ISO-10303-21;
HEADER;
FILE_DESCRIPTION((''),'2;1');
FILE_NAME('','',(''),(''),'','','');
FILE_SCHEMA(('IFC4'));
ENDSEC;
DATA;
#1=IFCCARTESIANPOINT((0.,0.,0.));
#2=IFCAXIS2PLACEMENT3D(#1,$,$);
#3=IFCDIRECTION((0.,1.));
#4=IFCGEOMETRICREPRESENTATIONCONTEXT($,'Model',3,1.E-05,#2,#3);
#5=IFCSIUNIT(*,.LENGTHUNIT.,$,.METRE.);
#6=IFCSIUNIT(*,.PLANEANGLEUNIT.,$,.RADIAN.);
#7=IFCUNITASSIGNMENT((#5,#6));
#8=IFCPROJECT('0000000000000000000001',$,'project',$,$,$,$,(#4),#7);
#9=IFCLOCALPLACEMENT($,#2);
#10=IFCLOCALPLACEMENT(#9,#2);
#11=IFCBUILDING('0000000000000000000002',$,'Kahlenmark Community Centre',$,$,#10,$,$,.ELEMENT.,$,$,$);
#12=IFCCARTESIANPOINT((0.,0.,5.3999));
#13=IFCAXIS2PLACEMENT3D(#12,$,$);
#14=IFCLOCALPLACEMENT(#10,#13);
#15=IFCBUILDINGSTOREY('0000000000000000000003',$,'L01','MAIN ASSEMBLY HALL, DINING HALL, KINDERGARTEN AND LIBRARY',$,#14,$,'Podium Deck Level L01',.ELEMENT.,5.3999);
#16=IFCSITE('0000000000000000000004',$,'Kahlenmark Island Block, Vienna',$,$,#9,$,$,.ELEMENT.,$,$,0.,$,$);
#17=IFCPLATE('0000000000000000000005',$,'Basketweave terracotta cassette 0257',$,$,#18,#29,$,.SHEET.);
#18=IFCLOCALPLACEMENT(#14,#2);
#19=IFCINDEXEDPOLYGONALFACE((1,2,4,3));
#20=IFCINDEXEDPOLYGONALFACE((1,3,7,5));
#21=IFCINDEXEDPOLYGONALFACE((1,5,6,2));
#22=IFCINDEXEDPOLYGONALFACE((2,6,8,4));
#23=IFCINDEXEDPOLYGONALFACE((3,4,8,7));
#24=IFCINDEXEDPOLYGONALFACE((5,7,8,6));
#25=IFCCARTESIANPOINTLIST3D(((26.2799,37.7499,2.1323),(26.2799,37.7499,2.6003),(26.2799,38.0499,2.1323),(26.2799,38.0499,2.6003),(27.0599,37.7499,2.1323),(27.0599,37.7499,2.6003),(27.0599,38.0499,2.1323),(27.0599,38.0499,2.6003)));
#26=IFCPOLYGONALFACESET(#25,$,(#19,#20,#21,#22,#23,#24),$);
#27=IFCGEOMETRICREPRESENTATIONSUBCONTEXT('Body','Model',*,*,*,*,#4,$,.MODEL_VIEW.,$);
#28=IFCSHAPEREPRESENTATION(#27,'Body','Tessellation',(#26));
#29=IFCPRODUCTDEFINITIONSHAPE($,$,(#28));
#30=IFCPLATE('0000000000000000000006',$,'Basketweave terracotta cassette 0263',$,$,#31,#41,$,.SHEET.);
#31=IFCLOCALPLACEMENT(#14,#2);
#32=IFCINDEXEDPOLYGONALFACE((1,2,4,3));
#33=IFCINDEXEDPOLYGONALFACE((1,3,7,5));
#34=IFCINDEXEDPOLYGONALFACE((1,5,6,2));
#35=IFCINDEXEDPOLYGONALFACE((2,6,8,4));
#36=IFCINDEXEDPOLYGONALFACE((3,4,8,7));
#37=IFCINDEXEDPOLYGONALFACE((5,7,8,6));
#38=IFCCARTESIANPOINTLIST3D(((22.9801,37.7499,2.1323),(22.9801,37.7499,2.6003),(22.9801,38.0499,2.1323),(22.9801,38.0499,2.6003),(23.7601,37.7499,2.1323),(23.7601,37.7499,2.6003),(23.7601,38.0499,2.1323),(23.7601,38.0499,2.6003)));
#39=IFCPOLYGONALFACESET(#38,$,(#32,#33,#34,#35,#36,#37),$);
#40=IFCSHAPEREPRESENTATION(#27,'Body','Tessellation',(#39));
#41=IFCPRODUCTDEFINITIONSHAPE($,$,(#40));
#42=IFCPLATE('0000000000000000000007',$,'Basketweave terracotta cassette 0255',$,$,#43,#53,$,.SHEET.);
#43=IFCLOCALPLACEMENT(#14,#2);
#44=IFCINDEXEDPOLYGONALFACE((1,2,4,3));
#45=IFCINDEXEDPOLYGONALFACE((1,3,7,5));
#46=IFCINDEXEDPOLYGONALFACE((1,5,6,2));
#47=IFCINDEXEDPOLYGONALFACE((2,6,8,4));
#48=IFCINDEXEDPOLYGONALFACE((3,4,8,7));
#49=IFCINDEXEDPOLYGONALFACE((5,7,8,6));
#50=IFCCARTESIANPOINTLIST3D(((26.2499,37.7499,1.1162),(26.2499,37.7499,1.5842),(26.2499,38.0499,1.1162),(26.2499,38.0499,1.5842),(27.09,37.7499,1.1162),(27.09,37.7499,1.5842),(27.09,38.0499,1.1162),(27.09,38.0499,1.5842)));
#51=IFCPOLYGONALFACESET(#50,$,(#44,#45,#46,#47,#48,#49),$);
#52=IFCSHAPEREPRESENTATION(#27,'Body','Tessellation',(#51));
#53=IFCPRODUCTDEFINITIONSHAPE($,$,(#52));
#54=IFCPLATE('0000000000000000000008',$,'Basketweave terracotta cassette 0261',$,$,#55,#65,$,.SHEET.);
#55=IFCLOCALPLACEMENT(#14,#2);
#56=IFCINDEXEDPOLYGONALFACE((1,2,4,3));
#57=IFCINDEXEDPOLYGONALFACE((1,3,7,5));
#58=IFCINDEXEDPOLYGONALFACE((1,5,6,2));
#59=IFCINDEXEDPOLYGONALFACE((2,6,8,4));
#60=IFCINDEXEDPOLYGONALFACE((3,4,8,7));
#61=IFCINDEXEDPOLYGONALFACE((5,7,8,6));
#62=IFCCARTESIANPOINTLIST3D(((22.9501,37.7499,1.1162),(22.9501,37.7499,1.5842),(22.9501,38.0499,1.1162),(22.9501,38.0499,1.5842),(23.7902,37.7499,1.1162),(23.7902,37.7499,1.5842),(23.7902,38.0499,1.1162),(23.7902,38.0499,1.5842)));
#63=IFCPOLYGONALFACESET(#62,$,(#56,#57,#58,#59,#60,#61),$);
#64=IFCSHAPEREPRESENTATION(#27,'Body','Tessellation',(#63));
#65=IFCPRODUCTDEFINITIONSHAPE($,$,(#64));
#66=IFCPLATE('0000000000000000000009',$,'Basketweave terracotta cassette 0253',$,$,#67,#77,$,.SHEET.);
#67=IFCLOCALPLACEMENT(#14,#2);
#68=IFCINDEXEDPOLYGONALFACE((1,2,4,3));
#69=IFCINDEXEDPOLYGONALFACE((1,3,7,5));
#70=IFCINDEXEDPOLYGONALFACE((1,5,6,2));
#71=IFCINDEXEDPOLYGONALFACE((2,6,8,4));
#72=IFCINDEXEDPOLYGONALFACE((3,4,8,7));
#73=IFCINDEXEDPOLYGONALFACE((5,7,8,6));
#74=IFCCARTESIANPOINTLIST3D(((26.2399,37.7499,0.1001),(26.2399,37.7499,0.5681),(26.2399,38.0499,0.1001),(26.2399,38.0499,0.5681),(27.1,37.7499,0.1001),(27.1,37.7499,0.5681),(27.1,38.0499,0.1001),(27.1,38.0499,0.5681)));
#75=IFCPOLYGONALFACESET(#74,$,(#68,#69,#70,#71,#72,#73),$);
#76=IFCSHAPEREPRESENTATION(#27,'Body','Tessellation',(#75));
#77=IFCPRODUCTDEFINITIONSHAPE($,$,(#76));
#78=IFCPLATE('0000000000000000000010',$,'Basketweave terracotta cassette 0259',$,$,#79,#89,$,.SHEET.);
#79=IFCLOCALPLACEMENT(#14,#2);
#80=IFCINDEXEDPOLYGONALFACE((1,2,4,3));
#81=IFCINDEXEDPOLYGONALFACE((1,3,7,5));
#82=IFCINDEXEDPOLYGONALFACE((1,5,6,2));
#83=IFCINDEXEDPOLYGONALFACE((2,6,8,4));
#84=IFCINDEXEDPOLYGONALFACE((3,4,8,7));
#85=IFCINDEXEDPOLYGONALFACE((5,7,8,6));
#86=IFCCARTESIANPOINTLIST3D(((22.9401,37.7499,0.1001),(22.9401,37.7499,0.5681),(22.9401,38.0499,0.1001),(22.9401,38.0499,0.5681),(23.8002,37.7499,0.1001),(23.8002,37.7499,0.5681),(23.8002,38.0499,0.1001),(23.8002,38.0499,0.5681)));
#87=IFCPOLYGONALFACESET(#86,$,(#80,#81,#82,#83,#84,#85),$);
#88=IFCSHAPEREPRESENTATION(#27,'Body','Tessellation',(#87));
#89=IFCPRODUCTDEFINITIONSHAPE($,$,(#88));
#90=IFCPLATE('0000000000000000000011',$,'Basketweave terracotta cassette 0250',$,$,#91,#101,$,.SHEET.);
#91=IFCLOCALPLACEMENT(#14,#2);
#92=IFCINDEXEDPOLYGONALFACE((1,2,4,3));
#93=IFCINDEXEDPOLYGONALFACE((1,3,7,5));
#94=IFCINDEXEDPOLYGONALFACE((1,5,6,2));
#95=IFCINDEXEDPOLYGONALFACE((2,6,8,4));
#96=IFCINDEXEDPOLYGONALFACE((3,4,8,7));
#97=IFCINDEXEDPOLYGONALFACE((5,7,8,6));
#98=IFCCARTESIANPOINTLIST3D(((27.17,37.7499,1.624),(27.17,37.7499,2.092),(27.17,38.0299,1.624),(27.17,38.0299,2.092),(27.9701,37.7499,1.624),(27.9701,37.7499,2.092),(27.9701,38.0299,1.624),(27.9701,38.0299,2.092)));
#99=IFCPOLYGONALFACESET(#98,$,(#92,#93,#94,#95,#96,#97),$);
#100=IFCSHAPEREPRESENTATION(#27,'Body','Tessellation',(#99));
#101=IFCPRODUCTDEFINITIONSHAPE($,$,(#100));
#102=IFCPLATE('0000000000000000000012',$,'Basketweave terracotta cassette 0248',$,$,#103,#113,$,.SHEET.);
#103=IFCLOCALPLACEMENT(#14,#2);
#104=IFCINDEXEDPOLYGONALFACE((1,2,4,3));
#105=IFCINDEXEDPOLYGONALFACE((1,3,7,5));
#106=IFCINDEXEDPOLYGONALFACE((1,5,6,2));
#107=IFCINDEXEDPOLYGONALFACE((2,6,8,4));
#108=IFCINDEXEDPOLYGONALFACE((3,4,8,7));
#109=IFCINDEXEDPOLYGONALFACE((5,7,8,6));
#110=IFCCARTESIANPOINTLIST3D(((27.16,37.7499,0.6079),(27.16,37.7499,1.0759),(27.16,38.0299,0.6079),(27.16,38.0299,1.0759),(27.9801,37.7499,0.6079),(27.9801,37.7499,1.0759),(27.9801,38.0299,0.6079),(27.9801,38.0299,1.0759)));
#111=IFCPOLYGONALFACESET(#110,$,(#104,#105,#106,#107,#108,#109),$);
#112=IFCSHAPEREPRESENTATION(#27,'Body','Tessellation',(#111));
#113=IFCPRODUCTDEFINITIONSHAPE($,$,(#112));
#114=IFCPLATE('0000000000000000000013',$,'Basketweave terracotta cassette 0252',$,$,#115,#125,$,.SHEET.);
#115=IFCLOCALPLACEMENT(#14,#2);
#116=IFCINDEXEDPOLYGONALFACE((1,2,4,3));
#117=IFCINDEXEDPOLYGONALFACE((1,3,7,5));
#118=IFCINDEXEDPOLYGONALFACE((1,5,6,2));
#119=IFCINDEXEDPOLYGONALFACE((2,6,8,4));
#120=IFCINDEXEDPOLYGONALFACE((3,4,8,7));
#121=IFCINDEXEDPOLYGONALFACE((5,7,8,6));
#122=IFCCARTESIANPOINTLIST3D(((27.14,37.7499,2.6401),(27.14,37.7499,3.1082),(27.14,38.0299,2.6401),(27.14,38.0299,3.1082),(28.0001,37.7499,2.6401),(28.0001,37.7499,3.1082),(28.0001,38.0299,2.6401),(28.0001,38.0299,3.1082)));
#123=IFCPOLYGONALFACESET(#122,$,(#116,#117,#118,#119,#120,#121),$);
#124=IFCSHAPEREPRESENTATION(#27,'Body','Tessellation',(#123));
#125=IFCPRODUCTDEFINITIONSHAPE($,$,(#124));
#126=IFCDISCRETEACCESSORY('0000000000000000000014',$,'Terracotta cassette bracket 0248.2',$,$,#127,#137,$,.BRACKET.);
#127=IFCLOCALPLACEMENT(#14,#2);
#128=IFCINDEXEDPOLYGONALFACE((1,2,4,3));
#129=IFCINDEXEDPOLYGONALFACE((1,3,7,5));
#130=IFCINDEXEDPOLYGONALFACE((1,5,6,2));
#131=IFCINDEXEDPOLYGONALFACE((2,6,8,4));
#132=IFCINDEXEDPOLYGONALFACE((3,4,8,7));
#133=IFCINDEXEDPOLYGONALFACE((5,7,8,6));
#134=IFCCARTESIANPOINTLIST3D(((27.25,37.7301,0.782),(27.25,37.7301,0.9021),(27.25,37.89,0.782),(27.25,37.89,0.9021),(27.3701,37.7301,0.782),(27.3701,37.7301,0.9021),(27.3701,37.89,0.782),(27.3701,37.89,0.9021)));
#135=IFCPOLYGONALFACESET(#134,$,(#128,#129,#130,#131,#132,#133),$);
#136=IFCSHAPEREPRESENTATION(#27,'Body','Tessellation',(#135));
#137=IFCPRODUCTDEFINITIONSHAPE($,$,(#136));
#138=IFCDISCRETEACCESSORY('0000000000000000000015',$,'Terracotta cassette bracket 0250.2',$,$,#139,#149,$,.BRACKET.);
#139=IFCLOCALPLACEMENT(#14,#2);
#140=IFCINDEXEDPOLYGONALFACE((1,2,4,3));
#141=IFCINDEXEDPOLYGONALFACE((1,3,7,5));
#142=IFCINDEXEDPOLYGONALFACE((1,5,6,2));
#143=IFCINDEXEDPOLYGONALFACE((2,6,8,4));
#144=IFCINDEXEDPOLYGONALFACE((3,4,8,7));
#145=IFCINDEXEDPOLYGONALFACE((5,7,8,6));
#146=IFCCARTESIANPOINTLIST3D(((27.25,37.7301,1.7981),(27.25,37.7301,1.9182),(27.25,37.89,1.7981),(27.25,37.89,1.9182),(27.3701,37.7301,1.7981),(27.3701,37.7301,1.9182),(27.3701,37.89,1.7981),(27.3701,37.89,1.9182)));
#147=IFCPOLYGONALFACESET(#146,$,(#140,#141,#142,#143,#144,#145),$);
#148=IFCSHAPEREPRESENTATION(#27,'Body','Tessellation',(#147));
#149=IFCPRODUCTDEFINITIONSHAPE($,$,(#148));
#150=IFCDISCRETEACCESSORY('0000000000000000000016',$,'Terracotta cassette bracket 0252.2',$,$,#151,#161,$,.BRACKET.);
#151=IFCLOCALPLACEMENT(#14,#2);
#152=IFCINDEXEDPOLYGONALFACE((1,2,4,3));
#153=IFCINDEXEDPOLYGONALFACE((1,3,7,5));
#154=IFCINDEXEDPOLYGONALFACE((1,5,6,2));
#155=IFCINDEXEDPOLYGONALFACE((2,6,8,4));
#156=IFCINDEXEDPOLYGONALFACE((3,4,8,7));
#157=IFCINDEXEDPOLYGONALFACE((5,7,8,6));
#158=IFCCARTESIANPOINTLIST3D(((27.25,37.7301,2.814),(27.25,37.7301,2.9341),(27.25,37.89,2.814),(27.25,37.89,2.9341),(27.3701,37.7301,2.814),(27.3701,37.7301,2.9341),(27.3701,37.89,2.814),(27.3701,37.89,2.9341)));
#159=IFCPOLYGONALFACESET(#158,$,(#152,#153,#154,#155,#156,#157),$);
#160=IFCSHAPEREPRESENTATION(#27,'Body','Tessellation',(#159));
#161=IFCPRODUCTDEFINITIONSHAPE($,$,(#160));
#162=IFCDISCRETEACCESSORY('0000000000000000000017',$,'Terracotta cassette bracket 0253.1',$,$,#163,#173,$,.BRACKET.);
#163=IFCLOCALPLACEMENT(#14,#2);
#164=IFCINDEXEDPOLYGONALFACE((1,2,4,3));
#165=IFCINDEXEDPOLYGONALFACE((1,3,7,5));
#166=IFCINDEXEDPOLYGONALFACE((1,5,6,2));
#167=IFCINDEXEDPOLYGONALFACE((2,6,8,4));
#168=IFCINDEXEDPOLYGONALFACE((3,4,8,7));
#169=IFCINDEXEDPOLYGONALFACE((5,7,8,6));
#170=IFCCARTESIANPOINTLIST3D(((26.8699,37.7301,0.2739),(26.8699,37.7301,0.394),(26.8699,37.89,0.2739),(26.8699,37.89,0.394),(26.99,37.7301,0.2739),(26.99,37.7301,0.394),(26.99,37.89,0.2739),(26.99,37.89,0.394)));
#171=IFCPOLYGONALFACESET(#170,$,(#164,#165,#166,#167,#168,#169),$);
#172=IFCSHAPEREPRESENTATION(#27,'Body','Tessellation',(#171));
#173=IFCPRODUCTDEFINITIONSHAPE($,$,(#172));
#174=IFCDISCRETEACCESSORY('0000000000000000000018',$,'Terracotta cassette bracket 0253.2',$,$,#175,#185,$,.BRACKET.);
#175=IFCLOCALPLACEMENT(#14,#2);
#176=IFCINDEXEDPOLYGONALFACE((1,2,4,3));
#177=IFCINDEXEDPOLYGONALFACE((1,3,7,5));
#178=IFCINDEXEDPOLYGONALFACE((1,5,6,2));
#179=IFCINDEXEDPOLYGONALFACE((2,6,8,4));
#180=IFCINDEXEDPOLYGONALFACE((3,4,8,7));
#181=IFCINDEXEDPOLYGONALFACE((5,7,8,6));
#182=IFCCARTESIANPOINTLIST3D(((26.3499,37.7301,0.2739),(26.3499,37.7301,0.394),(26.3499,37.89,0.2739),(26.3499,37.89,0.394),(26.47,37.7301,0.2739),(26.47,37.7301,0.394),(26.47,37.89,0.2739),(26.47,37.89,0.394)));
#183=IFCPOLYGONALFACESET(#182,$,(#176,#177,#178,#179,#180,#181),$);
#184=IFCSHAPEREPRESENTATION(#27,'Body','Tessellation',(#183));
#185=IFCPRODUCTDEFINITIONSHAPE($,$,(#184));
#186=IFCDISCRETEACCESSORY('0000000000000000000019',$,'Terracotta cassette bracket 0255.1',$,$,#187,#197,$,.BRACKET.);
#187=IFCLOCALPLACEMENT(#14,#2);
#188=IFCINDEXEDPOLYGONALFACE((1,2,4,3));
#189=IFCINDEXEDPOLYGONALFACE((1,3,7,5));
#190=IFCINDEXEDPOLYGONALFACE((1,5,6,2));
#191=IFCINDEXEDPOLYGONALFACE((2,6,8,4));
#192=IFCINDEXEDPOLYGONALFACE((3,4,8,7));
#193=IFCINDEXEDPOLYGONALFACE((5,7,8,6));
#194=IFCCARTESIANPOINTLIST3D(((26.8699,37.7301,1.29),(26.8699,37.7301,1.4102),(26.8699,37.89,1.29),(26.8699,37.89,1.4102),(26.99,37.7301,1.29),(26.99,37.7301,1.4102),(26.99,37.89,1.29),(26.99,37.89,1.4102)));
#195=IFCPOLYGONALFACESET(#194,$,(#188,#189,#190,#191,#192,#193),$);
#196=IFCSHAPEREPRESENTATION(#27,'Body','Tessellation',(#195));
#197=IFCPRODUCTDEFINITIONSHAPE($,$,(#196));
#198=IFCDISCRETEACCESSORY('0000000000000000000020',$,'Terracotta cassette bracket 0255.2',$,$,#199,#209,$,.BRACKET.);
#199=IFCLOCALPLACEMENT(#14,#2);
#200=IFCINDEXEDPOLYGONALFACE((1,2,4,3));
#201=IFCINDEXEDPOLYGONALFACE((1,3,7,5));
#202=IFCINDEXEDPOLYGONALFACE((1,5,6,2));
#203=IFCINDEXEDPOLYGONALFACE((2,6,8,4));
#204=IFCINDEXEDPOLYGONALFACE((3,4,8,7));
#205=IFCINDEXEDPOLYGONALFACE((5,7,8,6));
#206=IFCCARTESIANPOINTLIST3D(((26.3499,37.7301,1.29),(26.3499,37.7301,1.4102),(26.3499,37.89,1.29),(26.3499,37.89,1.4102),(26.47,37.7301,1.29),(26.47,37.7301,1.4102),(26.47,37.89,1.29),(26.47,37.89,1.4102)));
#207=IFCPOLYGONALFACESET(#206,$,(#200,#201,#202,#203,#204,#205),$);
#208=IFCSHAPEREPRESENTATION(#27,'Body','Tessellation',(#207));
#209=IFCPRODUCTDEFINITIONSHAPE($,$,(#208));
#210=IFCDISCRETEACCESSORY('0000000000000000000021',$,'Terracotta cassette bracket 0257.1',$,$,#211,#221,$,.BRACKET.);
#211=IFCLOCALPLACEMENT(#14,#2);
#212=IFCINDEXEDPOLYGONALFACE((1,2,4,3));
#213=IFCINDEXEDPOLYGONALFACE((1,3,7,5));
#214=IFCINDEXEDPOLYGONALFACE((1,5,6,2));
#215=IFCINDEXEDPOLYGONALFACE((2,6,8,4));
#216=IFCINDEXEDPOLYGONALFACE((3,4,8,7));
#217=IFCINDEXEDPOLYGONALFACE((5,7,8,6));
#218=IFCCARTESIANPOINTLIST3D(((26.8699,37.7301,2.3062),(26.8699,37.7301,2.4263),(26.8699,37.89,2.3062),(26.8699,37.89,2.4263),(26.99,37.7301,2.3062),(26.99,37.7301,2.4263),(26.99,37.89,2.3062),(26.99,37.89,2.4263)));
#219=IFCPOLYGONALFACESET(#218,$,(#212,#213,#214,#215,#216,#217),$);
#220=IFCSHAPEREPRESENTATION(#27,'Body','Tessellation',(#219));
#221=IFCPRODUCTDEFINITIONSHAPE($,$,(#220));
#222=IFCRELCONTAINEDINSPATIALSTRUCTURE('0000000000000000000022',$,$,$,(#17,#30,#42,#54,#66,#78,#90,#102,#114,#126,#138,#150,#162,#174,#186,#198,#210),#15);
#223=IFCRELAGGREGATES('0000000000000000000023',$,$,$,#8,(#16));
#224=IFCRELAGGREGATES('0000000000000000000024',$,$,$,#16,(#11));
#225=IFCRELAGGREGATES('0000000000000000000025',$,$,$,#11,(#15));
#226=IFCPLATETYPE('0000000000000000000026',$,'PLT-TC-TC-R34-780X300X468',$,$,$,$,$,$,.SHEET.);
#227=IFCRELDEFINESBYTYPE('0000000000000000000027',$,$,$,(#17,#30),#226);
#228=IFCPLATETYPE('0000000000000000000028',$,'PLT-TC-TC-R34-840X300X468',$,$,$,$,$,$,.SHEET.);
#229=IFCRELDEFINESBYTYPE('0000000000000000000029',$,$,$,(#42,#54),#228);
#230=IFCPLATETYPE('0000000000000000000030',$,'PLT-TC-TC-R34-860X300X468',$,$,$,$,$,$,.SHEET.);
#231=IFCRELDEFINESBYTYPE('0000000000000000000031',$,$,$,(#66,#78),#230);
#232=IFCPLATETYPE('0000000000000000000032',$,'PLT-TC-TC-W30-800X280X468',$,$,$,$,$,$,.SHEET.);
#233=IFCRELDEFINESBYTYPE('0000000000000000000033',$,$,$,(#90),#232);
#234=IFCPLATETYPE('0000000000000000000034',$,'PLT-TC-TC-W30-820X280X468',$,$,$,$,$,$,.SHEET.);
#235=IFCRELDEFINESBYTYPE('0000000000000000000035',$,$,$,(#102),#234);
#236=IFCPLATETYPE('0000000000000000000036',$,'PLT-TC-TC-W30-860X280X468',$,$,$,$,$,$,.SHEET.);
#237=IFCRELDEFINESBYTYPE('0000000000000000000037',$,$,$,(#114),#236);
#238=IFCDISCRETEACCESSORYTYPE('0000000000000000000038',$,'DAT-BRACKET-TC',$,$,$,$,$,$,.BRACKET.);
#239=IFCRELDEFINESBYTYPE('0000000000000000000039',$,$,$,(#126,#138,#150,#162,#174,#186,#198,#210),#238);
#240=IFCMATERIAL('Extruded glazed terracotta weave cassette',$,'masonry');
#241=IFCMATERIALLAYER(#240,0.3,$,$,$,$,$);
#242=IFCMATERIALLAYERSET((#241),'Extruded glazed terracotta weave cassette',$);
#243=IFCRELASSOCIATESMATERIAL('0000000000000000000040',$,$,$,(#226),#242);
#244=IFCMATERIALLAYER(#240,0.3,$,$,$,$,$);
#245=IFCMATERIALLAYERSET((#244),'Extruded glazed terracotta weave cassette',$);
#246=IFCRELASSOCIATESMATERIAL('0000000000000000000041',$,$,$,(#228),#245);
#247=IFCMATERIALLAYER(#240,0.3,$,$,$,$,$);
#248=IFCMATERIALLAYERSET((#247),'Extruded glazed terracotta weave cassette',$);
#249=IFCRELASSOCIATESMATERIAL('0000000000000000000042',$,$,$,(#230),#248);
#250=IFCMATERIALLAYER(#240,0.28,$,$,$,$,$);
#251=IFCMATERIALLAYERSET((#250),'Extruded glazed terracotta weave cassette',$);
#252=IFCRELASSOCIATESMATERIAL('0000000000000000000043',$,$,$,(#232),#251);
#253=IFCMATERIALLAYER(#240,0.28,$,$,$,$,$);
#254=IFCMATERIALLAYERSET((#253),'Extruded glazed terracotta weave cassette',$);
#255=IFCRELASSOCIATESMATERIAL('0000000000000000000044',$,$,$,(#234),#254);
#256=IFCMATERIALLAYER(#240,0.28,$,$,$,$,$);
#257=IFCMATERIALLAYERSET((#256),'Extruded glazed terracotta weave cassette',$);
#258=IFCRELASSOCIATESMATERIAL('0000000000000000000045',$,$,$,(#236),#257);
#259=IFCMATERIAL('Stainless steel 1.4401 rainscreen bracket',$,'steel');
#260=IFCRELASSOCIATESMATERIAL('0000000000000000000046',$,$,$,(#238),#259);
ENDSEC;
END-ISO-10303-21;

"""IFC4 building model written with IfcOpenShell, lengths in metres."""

from ifc_helpers import new_model, si_unit, direction, frame, origin, origin_2d, place, context, subcontext, project, spatial, rectangle, extrude, material, layer, layer_set, type_object, element, save


model = new_model("IFC4")

# Units and contexts
model_context = context("Model", 3, precision=1e-05, world=origin(), true_north=direction((0.0, 1.0)))
body_context = subcontext(model_context, "Body", "Model", "MODEL_VIEW")
ifc_project = project(units=[si_unit("LENGTHUNIT", "METRE"), si_unit("PLANEANGLEUNIT", "RADIAN")], contexts=[model_context])

# Site, building, storey
site_placement = place(None, origin())
site = spatial("IfcSite", under=ifc_project, at=site_placement, Name="Kahlenmark Island Block, Vienna", CompositionType="ELEMENT", RefElevation=0.0)
building_placement = place(site_placement, origin())
building = spatial("IfcBuilding", under=site, at=building_placement, Name="Kahlenmark Community Centre", CompositionType="ELEMENT")
storey_placement = place(building_placement, frame((0.0, 0.0, 5.3999)))
storey = spatial("IfcBuildingStorey", under=building, at=storey_placement, Name="L01", Description="MAIN ASSEMBLY HALL, DINING HALL, KINDERGARTEN AND LIBRARY", LongName="Podium Deck Level L01", CompositionType="ELEMENT", Elevation=5.3999)

# Plates
ifc_material_1 = material(Name="Extruded glazed terracotta weave cassette", Category="masonry")
ifc_layer_1 = layer(ifc_material_1, 0.3)
ifc_layer_set_1 = layer_set([ifc_layer_1], Name="Extruded glazed terracotta weave cassette")
plate_type_1 = type_object("IfcPlateType", Name="PLT-TC-TC-R34-780X300X468", PredefinedType="SHEET", material=ifc_layer_set_1)
for number, where, z_axis, x_axis, name in (
    (1, (26.6699, 37.8999, 2.1323), (0.0, 0.0, 1.0), (-1.0, 0.0, 0.0), "Basketweave terracotta cassette 0257"),
    (2, (23.3701, 37.8999, 2.1323), (0.0, 0.0, 1.0), (-1.0, 0.0, 0.0), "Basketweave terracotta cassette 0263"),
):
    element("IfcPlate", number, at=place(storey_placement, frame(where, z_axis=z_axis, x_axis=x_axis)), inside=storey, type_object=plate_type_1, Name=name, PredefinedType="SHEET", context=body_context, shape_type="SweptSolid", body=[
        extrude(rectangle(XDim=0.78, YDim=0.3, at=origin_2d()), origin(), (0.0, 0.0, 1.0), 0.468),
    ])
ifc_layer_2 = layer(ifc_material_1, 0.3)
ifc_layer_set_2 = layer_set([ifc_layer_2], Name="Extruded glazed terracotta weave cassette")
plate_type_2 = type_object("IfcPlateType", Name="PLT-TC-TC-R34-840X300X468", PredefinedType="SHEET", material=ifc_layer_set_2)
for number, where, z_axis, x_axis, name in (
    (3, (26.6699, 37.8999, 1.1162), (0.0, 0.0, 1.0), (-1.0, 0.0, 0.0), "Basketweave terracotta cassette 0255"),
    (4, (23.3701, 37.8999, 1.1162), (0.0, 0.0, 1.0), (-1.0, 0.0, 0.0), "Basketweave terracotta cassette 0261"),
):
    element("IfcPlate", number, at=place(storey_placement, frame(where, z_axis=z_axis, x_axis=x_axis)), inside=storey, type_object=plate_type_2, Name=name, PredefinedType="SHEET", context=body_context, shape_type="SweptSolid", body=[
        extrude(rectangle(XDim=0.8401, YDim=0.3, at=origin_2d()), origin(), (0.0, 0.0, 1.0), 0.468),
    ])
ifc_layer_3 = layer(ifc_material_1, 0.3)
ifc_layer_set_3 = layer_set([ifc_layer_3], Name="Extruded glazed terracotta weave cassette")
plate_type_3 = type_object("IfcPlateType", Name="PLT-TC-TC-R34-860X300X468", PredefinedType="SHEET", material=ifc_layer_set_3)
for number, where, z_axis, x_axis, name in (
    (5, (26.6699, 37.8999, 0.1001), (0.0, 0.0, 1.0), (-1.0, 0.0, 0.0), "Basketweave terracotta cassette 0253"),
    (6, (23.3701, 37.8999, 0.1001), (0.0, 0.0, 1.0), (-1.0, 0.0, 0.0), "Basketweave terracotta cassette 0259"),
):
    element("IfcPlate", number, at=place(storey_placement, frame(where, z_axis=z_axis, x_axis=x_axis)), inside=storey, type_object=plate_type_3, Name=name, PredefinedType="SHEET", context=body_context, shape_type="SweptSolid", body=[
        extrude(rectangle(XDim=0.8601, YDim=0.3, at=origin_2d()), origin(), (0.0, 0.0, 1.0), 0.468),
    ])
ifc_layer_4 = layer(ifc_material_1, 0.28)
ifc_layer_set_4 = layer_set([ifc_layer_4], Name="Extruded glazed terracotta weave cassette")
plate_type_4 = type_object("IfcPlateType", Name="PLT-TC-TC-W30-800X280X468", PredefinedType="SHEET", material=ifc_layer_set_4)
plate_1_placement = place(storey_placement, frame((27.5701, 37.8899, 1.624), z_axis=(0.0, 0.0, 1.0), x_axis=(-1.0, 0.0, 0.0)))
element("IfcPlate", 7, at=plate_1_placement, inside=storey, type_object=plate_type_4, Name="Basketweave terracotta cassette 0250", PredefinedType="SHEET", context=body_context, shape_type="SweptSolid", body=[
    extrude(rectangle(XDim=0.8, YDim=0.28, at=origin_2d()), origin(), (0.0, 0.0, 1.0), 0.468),
])
ifc_layer_5 = layer(ifc_material_1, 0.28)
ifc_layer_set_5 = layer_set([ifc_layer_5], Name="Extruded glazed terracotta weave cassette")
plate_type_5 = type_object("IfcPlateType", Name="PLT-TC-TC-W30-820X280X468", PredefinedType="SHEET", material=ifc_layer_set_5)
plate_2_placement = place(storey_placement, frame((27.5701, 37.8899, 0.6079), z_axis=(0.0, 0.0, 1.0), x_axis=(-1.0, 0.0, 0.0)))
element("IfcPlate", 8, at=plate_2_placement, inside=storey, type_object=plate_type_5, Name="Basketweave terracotta cassette 0248", PredefinedType="SHEET", context=body_context, shape_type="SweptSolid", body=[
    extrude(rectangle(XDim=0.8201, YDim=0.28, at=origin_2d()), origin(), (0.0, 0.0, 1.0), 0.468),
])
ifc_layer_6 = layer(ifc_material_1, 0.28)
ifc_layer_set_6 = layer_set([ifc_layer_6], Name="Extruded glazed terracotta weave cassette")
plate_type_6 = type_object("IfcPlateType", Name="PLT-TC-TC-W30-860X280X468", PredefinedType="SHEET", material=ifc_layer_set_6)
plate_3_placement = place(storey_placement, frame((27.5701, 37.8899, 2.6401), z_axis=(0.0, 0.0, 1.0), x_axis=(-1.0, 0.0, 0.0)))
element("IfcPlate", 9, at=plate_3_placement, inside=storey, type_object=plate_type_6, Name="Basketweave terracotta cassette 0252", PredefinedType="SHEET", context=body_context, shape_type="SweptSolid", body=[
    extrude(rectangle(XDim=0.8601, YDim=0.28, at=origin_2d()), origin(), (0.0, 0.0, 1.0), 0.468),
])

# Discrete accessories
ifc_material_2 = material(Name="Stainless steel 1.4401 rainscreen bracket", Category="steel")
discrete_accessory_type = type_object("IfcDiscreteAccessoryType", Name="DAT-BRACKET-TC", PredefinedType="BRACKET", material=ifc_material_2)
for number, where, z_axis, x_axis, name in (
    (10, (27.3101, 37.8101, 0.782), (0.0, 0.0, 1.0), (-1.0, 0.0, 0.0), "Terracotta cassette bracket 0248.2"),
    (11, (27.3101, 37.8101, 1.7981), (0.0, 0.0, 1.0), (-1.0, 0.0, 0.0), "Terracotta cassette bracket 0250.2"),
    (12, (27.3101, 37.8101, 2.814), (0.0, 0.0, 1.0), (-1.0, 0.0, 0.0), "Terracotta cassette bracket 0252.2"),
    (13, (26.9299, 37.8101, 0.2739), (0.0, 0.0, 1.0), (-1.0, 0.0, 0.0), "Terracotta cassette bracket 0253.1"),
    (14, (26.4099, 37.8101, 0.2739), (0.0, 0.0, 1.0), (-1.0, 0.0, 0.0), "Terracotta cassette bracket 0253.2"),
    (15, (26.9299, 37.8101, 1.29), (0.0, 0.0, 1.0), (-1.0, 0.0, 0.0), "Terracotta cassette bracket 0255.1"),
    (16, (26.4099, 37.8101, 1.29), (0.0, 0.0, 1.0), (-1.0, 0.0, 0.0), "Terracotta cassette bracket 0255.2"),
    (17, (26.9299, 37.8101, 2.3062), (0.0, 0.0, 1.0), (-1.0, 0.0, 0.0), "Terracotta cassette bracket 0257.1"),
):
    element("IfcDiscreteAccessory", number, at=place(storey_placement, frame(where, z_axis=z_axis, x_axis=x_axis)), inside=storey, type_object=discrete_accessory_type, Name=name, PredefinedType="BRACKET", context=body_context, shape_type="SweptSolid", body=[
        extrude(rectangle(XDim=0.1201, YDim=0.1599, at=origin_2d()), origin(), (0.0, 0.0, 1.0), 0.1201),
    ])

save(model, "model.ifc")
